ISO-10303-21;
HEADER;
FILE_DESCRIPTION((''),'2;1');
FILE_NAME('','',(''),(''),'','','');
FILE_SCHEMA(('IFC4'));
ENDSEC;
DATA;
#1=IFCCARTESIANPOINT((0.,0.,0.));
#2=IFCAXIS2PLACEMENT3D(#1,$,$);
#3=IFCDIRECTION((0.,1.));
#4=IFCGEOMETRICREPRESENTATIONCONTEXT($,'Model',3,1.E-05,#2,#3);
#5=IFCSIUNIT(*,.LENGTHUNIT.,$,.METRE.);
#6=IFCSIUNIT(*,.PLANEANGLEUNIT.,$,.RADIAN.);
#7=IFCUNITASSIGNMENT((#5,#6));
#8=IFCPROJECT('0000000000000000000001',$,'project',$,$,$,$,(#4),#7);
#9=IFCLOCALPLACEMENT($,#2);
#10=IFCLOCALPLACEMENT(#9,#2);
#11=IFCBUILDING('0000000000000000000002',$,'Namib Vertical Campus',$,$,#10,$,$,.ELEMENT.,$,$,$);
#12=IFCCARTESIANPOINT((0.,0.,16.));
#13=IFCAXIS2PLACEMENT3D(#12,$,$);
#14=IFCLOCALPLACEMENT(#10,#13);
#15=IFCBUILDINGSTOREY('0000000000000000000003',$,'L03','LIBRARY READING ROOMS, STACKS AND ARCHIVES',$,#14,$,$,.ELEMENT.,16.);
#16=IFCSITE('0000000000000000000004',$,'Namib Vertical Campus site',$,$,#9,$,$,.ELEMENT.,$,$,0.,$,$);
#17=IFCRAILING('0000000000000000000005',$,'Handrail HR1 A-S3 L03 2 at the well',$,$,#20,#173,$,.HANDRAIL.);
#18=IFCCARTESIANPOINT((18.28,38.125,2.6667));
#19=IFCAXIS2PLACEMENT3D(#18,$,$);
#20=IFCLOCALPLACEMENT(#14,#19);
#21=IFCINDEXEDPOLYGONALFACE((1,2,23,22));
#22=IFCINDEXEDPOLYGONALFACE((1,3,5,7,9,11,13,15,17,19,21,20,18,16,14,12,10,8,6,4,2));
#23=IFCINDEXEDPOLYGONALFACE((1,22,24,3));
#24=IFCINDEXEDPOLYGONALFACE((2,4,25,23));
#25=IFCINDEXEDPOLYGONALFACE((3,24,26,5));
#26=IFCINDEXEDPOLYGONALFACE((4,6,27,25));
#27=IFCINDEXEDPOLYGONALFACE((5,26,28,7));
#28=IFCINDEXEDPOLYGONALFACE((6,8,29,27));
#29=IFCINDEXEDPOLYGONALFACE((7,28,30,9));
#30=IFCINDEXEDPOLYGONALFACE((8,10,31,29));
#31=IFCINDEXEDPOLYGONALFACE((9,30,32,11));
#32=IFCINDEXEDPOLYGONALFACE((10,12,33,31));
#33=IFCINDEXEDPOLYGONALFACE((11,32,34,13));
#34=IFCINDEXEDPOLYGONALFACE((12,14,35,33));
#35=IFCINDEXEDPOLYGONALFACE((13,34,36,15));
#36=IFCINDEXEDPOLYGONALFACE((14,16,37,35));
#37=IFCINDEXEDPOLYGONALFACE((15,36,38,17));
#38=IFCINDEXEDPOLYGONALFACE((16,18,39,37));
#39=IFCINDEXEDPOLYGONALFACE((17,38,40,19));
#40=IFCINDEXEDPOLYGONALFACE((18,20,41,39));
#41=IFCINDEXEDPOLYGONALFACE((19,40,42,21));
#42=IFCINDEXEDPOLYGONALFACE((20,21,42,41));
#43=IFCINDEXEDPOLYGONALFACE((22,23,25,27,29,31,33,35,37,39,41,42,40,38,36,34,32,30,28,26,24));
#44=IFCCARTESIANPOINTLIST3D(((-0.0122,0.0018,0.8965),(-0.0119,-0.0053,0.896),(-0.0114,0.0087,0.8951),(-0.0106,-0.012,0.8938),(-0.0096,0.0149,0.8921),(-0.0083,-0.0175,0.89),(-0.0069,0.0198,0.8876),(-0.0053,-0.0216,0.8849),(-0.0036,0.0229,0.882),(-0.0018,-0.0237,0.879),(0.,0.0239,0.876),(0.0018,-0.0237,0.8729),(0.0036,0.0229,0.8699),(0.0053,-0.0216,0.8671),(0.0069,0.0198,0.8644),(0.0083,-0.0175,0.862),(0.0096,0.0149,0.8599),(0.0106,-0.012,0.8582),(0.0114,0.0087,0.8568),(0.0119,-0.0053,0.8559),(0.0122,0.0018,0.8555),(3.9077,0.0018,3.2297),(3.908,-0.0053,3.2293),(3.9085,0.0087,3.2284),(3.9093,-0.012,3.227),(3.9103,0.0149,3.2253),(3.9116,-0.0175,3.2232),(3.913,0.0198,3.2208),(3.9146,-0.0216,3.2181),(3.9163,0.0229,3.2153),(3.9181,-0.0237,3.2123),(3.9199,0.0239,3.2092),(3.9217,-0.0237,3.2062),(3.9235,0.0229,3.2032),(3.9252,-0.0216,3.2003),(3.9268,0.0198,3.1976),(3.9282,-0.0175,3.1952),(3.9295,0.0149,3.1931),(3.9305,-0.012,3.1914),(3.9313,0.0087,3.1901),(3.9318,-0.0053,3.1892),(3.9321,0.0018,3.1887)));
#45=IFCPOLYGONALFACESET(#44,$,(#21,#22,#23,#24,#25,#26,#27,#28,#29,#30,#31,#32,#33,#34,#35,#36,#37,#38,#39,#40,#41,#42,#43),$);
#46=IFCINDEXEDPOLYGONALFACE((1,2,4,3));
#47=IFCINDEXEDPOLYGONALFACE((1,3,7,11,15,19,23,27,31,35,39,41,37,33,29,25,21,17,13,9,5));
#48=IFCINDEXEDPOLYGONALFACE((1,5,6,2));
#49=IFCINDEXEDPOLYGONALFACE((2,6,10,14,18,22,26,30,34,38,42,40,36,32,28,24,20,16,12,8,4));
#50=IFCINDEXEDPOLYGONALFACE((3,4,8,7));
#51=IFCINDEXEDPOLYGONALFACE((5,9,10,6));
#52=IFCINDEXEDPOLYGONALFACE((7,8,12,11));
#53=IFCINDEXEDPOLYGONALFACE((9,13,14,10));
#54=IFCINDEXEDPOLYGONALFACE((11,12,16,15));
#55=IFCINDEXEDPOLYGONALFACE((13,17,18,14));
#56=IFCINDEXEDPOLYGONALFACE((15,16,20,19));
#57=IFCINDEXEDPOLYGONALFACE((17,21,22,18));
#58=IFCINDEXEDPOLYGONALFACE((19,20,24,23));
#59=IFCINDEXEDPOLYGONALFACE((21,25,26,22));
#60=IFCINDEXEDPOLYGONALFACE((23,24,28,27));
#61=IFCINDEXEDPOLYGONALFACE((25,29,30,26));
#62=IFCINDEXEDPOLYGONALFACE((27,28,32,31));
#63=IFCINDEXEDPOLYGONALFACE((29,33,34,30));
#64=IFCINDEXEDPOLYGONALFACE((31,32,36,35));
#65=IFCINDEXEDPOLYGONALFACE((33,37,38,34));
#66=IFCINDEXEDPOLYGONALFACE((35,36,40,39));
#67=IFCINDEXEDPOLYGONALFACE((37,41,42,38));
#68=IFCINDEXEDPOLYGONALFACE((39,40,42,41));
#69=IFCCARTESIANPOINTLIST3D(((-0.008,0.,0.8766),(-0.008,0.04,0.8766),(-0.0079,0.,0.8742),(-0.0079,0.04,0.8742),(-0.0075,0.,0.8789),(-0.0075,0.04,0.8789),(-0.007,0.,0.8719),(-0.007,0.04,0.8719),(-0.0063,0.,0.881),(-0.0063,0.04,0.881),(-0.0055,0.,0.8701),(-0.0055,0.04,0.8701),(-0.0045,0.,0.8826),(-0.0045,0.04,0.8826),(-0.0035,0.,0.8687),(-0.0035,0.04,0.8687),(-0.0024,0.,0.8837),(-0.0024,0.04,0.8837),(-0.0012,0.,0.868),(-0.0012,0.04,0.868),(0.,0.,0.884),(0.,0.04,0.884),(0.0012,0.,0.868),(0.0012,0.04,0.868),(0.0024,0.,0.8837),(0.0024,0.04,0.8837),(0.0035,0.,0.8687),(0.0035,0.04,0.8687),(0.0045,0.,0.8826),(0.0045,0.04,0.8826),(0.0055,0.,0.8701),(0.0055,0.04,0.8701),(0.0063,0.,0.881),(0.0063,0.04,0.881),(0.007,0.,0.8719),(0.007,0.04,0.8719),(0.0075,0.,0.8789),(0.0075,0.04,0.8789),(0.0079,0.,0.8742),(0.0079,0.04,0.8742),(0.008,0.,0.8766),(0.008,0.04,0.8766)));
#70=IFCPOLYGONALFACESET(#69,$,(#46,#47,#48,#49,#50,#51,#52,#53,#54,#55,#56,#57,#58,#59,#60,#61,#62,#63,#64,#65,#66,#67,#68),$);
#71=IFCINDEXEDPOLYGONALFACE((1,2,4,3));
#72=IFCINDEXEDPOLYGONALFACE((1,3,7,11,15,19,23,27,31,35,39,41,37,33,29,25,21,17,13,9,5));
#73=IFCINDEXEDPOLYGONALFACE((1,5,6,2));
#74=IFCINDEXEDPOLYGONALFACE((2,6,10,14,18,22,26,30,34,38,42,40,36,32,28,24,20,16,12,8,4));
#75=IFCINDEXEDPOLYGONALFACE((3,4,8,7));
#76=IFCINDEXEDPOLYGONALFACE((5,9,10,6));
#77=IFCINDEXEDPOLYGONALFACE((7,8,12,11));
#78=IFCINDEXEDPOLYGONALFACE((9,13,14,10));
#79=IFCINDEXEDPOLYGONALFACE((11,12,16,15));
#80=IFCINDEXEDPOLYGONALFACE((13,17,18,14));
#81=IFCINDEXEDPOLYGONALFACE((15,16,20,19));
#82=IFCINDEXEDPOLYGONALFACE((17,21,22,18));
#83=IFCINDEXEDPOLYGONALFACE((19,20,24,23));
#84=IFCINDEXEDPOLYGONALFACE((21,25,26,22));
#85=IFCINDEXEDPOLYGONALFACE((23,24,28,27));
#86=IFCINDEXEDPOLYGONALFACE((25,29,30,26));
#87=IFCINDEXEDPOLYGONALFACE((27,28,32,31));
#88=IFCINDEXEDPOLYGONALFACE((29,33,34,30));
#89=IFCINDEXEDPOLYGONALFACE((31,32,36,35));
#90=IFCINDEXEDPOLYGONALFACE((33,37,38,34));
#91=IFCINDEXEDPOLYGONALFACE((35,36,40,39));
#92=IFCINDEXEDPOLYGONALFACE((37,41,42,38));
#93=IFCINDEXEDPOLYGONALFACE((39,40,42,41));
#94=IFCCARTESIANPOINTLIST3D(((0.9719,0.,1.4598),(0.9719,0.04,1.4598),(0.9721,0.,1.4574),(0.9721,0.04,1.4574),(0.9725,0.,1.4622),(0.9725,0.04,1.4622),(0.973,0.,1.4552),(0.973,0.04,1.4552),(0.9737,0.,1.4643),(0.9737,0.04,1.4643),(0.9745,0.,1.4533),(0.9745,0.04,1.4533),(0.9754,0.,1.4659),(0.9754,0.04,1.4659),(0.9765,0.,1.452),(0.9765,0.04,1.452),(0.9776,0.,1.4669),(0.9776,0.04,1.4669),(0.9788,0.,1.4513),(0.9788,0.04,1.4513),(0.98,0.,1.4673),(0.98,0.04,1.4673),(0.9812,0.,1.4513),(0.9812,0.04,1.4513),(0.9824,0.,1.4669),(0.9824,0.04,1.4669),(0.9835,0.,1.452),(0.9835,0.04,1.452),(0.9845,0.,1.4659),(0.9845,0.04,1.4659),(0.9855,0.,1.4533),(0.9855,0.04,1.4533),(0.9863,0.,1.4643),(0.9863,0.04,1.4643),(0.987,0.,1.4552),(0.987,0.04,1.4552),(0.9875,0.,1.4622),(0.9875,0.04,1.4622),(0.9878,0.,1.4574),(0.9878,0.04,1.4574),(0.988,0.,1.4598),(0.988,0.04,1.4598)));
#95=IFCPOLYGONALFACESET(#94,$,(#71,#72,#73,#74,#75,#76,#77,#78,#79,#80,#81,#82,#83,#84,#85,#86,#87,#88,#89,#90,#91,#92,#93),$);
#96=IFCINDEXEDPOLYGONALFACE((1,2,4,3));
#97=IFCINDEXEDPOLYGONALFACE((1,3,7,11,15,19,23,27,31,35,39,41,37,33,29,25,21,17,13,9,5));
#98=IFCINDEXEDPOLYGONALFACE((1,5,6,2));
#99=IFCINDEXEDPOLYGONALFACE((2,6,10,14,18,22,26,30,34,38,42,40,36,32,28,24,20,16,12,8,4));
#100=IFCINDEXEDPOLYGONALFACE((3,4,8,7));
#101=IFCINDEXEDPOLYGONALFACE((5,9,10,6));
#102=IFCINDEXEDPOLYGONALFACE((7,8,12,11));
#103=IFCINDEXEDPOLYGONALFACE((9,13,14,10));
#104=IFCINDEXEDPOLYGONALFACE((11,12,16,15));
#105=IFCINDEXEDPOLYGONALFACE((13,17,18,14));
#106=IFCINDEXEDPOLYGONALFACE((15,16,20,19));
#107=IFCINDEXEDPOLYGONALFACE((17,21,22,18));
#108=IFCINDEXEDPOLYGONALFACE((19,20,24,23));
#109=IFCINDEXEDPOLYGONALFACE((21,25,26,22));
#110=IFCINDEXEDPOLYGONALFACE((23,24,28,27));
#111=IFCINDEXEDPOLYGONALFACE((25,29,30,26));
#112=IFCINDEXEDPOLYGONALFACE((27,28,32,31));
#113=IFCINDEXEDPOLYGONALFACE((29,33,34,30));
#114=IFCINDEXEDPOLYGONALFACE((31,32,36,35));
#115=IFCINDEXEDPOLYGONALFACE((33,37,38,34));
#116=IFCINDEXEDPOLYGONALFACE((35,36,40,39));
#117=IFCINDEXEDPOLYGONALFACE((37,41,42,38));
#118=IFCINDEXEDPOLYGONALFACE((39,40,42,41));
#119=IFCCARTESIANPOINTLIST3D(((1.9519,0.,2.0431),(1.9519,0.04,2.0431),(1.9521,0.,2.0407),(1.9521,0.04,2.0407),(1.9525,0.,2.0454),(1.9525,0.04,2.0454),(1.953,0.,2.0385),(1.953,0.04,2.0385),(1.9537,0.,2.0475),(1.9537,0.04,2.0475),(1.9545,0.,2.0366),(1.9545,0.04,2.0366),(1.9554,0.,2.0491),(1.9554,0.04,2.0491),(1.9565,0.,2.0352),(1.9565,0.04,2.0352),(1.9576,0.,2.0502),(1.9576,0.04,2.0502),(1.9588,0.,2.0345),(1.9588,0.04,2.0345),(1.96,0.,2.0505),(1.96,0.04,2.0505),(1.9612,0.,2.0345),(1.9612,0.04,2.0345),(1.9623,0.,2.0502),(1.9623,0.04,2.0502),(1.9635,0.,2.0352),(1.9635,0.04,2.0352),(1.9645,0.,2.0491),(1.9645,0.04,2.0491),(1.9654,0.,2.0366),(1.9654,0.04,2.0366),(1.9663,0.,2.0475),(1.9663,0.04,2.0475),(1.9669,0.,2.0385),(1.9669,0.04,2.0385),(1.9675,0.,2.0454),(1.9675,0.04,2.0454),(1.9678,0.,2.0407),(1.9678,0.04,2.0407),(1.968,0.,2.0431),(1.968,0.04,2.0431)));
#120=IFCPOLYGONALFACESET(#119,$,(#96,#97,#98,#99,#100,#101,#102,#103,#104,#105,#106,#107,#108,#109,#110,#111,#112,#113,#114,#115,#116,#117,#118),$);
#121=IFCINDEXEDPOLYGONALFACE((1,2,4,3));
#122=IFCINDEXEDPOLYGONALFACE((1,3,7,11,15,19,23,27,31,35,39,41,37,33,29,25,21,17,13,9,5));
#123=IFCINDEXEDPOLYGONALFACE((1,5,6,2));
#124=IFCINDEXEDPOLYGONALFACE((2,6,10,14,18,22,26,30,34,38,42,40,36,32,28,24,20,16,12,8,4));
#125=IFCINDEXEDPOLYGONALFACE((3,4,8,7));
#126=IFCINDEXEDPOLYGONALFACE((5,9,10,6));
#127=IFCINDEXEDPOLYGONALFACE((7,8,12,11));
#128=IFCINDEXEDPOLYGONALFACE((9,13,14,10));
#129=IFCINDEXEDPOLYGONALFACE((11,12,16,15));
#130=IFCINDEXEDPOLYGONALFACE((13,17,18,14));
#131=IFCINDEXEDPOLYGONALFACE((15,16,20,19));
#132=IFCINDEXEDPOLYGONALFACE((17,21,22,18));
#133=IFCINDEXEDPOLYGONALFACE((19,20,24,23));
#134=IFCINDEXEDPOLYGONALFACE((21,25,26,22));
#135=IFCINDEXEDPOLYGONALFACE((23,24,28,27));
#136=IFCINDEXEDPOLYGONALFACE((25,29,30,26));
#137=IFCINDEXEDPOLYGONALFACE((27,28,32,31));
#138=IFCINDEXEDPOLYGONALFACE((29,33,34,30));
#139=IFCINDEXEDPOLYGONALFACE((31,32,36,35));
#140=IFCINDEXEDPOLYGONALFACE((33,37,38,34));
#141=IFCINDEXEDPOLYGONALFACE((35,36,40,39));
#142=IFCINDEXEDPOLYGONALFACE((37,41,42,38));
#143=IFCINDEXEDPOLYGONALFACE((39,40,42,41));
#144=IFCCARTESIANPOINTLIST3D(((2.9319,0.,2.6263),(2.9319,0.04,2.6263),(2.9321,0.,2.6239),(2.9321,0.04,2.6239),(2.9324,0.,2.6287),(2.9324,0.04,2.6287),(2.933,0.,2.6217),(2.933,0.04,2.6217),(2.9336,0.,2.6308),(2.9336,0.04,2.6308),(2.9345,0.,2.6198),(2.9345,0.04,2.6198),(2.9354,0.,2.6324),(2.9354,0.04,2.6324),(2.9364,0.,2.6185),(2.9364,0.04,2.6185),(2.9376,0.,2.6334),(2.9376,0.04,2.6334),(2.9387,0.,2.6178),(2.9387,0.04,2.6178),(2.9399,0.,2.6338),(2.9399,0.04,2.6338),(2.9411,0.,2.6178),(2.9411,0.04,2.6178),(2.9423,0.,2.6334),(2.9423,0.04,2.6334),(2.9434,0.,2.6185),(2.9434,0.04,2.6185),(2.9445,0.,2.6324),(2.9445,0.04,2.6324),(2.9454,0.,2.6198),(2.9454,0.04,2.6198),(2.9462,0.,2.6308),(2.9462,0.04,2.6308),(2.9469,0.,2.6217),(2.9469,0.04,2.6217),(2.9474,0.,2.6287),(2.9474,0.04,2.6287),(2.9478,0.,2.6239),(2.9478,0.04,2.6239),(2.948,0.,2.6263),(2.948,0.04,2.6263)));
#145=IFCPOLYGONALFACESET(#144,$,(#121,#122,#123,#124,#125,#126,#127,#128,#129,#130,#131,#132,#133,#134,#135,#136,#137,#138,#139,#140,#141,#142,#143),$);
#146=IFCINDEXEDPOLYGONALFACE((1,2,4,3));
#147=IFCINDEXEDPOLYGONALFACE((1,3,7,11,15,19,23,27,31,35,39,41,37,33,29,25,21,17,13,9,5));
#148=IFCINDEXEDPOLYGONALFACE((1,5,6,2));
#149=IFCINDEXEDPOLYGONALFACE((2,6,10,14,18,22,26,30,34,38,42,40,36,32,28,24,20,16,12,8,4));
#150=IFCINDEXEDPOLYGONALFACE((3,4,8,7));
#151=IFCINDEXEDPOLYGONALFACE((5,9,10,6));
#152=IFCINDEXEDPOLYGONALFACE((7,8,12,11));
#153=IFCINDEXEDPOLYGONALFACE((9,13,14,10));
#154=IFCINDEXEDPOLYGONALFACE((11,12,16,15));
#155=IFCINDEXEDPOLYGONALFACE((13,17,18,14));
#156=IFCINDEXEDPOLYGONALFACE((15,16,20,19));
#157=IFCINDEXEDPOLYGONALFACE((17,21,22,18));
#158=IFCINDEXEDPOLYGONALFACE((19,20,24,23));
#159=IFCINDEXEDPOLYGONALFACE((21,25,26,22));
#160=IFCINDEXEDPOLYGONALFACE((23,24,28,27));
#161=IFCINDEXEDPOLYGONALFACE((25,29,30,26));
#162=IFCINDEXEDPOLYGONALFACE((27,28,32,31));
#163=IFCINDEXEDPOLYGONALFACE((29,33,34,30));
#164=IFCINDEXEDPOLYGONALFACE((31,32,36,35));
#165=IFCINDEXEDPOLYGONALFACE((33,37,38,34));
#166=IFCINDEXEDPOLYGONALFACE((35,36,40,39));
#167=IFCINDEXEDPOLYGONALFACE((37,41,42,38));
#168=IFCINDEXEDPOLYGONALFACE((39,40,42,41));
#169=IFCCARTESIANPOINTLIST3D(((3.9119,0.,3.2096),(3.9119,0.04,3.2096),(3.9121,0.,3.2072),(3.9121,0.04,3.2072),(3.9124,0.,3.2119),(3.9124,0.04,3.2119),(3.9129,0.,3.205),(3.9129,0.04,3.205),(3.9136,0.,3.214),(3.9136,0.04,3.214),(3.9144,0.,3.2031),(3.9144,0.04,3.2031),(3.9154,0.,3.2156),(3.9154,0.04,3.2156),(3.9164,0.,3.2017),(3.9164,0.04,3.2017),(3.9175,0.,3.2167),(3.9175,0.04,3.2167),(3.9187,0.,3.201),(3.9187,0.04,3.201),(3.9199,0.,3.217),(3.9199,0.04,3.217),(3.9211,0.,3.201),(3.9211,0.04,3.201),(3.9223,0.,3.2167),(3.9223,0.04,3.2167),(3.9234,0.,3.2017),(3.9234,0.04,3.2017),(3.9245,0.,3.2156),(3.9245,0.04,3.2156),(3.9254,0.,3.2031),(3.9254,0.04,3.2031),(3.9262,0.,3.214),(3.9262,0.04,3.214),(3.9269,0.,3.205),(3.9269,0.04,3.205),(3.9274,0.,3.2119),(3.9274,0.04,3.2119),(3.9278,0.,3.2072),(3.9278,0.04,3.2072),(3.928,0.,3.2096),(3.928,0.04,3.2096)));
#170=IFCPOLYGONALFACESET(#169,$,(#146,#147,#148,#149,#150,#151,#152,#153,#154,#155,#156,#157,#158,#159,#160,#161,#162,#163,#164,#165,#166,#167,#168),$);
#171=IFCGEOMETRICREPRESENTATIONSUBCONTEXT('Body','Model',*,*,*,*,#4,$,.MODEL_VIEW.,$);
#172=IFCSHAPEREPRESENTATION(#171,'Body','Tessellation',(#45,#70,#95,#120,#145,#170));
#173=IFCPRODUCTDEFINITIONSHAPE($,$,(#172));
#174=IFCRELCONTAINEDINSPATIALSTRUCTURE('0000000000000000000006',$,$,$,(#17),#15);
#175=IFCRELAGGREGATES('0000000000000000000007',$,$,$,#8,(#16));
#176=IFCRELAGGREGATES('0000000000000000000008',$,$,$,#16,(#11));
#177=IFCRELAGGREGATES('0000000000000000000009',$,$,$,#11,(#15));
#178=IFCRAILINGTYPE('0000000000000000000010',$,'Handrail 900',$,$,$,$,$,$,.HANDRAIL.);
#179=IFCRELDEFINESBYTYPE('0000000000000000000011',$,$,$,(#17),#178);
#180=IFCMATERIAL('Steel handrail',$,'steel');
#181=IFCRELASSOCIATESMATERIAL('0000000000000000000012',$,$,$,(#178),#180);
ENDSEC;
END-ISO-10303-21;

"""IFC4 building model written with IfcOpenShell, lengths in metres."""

from ifc_helpers import new_model, si_unit, direction, frame, origin, origin_2d, place, context, subcontext, project, spatial, circle, extrude, material, type_object, element, save


model = new_model("IFC4")

# Units and contexts
model_context = context("Model", 3, precision=1e-05, world=origin(), true_north=direction((0.0, 1.0)))
body_context = subcontext(model_context, "Body", "Model", "MODEL_VIEW")
ifc_project = project(units=[si_unit("LENGTHUNIT", "METRE"), si_unit("PLANEANGLEUNIT", "RADIAN")], contexts=[model_context])

# Site, building, storey
site_placement = place(None, origin())
site = spatial("IfcSite", under=ifc_project, at=site_placement, Name="Namib Vertical Campus site", CompositionType="ELEMENT", RefElevation=0.0)
building_placement = place(site_placement, origin())
building = spatial("IfcBuilding", under=site, at=building_placement, Name="Namib Vertical Campus", CompositionType="ELEMENT")
storey_placement = place(building_placement, frame((0.0, 0.0, 16.0)))
storey = spatial("IfcBuildingStorey", under=building, at=storey_placement, Name="L03", Description="LIBRARY READING ROOMS, STACKS AND ARCHIVES", CompositionType="ELEMENT", Elevation=16.0)

# Railing
ifc_material_1 = material(Name="Steel handrail", Category="steel")
railing_type_1 = type_object("IfcRailingType", Name="Handrail 900", PredefinedType="HANDRAIL", material=ifc_material_1)
railing_1_placement = place(storey_placement, frame((18.28, 38.125, 2.6667)))
element("IfcRailing", 1, at=railing_1_placement, inside=storey, type_object=railing_type_1, Name="Handrail HR1 A-S3 L03 2 at the well", PredefinedType="HANDRAIL", context=body_context, shape_type="SweptSolid", body=[
    extrude(circle(Radius=0.0239, at=origin_2d()), frame((0.0, 0.0, 0.876), z_axis=(0.859296, 0.0, 0.511478), x_axis=(0.0, 1.0, 0.0)), (0.0, 0.0, 1.0), 4.5618),
    extrude(circle(Radius=0.0081, at=origin_2d()), frame((0.0, 0.0, 0.876), z_axis=(0.0, 1.0, 0.0), x_axis=(0.0, 0.0, 1.0)), (0.0, 0.0, 1.0), 0.04),
    extrude(circle(Radius=0.0081, at=origin_2d()), frame((0.98, 0.0, 1.4592), z_axis=(0.0, 1.0, 0.0), x_axis=(0.0, 0.0, 1.0)), (0.0, 0.0, 1.0), 0.04),
    extrude(circle(Radius=0.0081, at=origin_2d()), frame((1.96, 0.0, 2.0425), z_axis=(0.0, 1.0, 0.0), x_axis=(0.0, 0.0, 1.0)), (0.0, 0.0, 1.0), 0.04),
    extrude(circle(Radius=0.0081, at=origin_2d()), frame((2.9399, 0.0, 2.6257), z_axis=(0.0, 1.0, 0.0), x_axis=(0.0, 0.0, 1.0)), (0.0, 0.0, 1.0), 0.04),
    extrude(circle(Radius=0.0081, at=origin_2d()), frame((3.9199, 0.0, 3.209), z_axis=(0.0, 1.0, 0.0), x_axis=(0.0, 0.0, 1.0)), (0.0, 0.0, 1.0), 0.04),
])

save(model, "model.ifc")
